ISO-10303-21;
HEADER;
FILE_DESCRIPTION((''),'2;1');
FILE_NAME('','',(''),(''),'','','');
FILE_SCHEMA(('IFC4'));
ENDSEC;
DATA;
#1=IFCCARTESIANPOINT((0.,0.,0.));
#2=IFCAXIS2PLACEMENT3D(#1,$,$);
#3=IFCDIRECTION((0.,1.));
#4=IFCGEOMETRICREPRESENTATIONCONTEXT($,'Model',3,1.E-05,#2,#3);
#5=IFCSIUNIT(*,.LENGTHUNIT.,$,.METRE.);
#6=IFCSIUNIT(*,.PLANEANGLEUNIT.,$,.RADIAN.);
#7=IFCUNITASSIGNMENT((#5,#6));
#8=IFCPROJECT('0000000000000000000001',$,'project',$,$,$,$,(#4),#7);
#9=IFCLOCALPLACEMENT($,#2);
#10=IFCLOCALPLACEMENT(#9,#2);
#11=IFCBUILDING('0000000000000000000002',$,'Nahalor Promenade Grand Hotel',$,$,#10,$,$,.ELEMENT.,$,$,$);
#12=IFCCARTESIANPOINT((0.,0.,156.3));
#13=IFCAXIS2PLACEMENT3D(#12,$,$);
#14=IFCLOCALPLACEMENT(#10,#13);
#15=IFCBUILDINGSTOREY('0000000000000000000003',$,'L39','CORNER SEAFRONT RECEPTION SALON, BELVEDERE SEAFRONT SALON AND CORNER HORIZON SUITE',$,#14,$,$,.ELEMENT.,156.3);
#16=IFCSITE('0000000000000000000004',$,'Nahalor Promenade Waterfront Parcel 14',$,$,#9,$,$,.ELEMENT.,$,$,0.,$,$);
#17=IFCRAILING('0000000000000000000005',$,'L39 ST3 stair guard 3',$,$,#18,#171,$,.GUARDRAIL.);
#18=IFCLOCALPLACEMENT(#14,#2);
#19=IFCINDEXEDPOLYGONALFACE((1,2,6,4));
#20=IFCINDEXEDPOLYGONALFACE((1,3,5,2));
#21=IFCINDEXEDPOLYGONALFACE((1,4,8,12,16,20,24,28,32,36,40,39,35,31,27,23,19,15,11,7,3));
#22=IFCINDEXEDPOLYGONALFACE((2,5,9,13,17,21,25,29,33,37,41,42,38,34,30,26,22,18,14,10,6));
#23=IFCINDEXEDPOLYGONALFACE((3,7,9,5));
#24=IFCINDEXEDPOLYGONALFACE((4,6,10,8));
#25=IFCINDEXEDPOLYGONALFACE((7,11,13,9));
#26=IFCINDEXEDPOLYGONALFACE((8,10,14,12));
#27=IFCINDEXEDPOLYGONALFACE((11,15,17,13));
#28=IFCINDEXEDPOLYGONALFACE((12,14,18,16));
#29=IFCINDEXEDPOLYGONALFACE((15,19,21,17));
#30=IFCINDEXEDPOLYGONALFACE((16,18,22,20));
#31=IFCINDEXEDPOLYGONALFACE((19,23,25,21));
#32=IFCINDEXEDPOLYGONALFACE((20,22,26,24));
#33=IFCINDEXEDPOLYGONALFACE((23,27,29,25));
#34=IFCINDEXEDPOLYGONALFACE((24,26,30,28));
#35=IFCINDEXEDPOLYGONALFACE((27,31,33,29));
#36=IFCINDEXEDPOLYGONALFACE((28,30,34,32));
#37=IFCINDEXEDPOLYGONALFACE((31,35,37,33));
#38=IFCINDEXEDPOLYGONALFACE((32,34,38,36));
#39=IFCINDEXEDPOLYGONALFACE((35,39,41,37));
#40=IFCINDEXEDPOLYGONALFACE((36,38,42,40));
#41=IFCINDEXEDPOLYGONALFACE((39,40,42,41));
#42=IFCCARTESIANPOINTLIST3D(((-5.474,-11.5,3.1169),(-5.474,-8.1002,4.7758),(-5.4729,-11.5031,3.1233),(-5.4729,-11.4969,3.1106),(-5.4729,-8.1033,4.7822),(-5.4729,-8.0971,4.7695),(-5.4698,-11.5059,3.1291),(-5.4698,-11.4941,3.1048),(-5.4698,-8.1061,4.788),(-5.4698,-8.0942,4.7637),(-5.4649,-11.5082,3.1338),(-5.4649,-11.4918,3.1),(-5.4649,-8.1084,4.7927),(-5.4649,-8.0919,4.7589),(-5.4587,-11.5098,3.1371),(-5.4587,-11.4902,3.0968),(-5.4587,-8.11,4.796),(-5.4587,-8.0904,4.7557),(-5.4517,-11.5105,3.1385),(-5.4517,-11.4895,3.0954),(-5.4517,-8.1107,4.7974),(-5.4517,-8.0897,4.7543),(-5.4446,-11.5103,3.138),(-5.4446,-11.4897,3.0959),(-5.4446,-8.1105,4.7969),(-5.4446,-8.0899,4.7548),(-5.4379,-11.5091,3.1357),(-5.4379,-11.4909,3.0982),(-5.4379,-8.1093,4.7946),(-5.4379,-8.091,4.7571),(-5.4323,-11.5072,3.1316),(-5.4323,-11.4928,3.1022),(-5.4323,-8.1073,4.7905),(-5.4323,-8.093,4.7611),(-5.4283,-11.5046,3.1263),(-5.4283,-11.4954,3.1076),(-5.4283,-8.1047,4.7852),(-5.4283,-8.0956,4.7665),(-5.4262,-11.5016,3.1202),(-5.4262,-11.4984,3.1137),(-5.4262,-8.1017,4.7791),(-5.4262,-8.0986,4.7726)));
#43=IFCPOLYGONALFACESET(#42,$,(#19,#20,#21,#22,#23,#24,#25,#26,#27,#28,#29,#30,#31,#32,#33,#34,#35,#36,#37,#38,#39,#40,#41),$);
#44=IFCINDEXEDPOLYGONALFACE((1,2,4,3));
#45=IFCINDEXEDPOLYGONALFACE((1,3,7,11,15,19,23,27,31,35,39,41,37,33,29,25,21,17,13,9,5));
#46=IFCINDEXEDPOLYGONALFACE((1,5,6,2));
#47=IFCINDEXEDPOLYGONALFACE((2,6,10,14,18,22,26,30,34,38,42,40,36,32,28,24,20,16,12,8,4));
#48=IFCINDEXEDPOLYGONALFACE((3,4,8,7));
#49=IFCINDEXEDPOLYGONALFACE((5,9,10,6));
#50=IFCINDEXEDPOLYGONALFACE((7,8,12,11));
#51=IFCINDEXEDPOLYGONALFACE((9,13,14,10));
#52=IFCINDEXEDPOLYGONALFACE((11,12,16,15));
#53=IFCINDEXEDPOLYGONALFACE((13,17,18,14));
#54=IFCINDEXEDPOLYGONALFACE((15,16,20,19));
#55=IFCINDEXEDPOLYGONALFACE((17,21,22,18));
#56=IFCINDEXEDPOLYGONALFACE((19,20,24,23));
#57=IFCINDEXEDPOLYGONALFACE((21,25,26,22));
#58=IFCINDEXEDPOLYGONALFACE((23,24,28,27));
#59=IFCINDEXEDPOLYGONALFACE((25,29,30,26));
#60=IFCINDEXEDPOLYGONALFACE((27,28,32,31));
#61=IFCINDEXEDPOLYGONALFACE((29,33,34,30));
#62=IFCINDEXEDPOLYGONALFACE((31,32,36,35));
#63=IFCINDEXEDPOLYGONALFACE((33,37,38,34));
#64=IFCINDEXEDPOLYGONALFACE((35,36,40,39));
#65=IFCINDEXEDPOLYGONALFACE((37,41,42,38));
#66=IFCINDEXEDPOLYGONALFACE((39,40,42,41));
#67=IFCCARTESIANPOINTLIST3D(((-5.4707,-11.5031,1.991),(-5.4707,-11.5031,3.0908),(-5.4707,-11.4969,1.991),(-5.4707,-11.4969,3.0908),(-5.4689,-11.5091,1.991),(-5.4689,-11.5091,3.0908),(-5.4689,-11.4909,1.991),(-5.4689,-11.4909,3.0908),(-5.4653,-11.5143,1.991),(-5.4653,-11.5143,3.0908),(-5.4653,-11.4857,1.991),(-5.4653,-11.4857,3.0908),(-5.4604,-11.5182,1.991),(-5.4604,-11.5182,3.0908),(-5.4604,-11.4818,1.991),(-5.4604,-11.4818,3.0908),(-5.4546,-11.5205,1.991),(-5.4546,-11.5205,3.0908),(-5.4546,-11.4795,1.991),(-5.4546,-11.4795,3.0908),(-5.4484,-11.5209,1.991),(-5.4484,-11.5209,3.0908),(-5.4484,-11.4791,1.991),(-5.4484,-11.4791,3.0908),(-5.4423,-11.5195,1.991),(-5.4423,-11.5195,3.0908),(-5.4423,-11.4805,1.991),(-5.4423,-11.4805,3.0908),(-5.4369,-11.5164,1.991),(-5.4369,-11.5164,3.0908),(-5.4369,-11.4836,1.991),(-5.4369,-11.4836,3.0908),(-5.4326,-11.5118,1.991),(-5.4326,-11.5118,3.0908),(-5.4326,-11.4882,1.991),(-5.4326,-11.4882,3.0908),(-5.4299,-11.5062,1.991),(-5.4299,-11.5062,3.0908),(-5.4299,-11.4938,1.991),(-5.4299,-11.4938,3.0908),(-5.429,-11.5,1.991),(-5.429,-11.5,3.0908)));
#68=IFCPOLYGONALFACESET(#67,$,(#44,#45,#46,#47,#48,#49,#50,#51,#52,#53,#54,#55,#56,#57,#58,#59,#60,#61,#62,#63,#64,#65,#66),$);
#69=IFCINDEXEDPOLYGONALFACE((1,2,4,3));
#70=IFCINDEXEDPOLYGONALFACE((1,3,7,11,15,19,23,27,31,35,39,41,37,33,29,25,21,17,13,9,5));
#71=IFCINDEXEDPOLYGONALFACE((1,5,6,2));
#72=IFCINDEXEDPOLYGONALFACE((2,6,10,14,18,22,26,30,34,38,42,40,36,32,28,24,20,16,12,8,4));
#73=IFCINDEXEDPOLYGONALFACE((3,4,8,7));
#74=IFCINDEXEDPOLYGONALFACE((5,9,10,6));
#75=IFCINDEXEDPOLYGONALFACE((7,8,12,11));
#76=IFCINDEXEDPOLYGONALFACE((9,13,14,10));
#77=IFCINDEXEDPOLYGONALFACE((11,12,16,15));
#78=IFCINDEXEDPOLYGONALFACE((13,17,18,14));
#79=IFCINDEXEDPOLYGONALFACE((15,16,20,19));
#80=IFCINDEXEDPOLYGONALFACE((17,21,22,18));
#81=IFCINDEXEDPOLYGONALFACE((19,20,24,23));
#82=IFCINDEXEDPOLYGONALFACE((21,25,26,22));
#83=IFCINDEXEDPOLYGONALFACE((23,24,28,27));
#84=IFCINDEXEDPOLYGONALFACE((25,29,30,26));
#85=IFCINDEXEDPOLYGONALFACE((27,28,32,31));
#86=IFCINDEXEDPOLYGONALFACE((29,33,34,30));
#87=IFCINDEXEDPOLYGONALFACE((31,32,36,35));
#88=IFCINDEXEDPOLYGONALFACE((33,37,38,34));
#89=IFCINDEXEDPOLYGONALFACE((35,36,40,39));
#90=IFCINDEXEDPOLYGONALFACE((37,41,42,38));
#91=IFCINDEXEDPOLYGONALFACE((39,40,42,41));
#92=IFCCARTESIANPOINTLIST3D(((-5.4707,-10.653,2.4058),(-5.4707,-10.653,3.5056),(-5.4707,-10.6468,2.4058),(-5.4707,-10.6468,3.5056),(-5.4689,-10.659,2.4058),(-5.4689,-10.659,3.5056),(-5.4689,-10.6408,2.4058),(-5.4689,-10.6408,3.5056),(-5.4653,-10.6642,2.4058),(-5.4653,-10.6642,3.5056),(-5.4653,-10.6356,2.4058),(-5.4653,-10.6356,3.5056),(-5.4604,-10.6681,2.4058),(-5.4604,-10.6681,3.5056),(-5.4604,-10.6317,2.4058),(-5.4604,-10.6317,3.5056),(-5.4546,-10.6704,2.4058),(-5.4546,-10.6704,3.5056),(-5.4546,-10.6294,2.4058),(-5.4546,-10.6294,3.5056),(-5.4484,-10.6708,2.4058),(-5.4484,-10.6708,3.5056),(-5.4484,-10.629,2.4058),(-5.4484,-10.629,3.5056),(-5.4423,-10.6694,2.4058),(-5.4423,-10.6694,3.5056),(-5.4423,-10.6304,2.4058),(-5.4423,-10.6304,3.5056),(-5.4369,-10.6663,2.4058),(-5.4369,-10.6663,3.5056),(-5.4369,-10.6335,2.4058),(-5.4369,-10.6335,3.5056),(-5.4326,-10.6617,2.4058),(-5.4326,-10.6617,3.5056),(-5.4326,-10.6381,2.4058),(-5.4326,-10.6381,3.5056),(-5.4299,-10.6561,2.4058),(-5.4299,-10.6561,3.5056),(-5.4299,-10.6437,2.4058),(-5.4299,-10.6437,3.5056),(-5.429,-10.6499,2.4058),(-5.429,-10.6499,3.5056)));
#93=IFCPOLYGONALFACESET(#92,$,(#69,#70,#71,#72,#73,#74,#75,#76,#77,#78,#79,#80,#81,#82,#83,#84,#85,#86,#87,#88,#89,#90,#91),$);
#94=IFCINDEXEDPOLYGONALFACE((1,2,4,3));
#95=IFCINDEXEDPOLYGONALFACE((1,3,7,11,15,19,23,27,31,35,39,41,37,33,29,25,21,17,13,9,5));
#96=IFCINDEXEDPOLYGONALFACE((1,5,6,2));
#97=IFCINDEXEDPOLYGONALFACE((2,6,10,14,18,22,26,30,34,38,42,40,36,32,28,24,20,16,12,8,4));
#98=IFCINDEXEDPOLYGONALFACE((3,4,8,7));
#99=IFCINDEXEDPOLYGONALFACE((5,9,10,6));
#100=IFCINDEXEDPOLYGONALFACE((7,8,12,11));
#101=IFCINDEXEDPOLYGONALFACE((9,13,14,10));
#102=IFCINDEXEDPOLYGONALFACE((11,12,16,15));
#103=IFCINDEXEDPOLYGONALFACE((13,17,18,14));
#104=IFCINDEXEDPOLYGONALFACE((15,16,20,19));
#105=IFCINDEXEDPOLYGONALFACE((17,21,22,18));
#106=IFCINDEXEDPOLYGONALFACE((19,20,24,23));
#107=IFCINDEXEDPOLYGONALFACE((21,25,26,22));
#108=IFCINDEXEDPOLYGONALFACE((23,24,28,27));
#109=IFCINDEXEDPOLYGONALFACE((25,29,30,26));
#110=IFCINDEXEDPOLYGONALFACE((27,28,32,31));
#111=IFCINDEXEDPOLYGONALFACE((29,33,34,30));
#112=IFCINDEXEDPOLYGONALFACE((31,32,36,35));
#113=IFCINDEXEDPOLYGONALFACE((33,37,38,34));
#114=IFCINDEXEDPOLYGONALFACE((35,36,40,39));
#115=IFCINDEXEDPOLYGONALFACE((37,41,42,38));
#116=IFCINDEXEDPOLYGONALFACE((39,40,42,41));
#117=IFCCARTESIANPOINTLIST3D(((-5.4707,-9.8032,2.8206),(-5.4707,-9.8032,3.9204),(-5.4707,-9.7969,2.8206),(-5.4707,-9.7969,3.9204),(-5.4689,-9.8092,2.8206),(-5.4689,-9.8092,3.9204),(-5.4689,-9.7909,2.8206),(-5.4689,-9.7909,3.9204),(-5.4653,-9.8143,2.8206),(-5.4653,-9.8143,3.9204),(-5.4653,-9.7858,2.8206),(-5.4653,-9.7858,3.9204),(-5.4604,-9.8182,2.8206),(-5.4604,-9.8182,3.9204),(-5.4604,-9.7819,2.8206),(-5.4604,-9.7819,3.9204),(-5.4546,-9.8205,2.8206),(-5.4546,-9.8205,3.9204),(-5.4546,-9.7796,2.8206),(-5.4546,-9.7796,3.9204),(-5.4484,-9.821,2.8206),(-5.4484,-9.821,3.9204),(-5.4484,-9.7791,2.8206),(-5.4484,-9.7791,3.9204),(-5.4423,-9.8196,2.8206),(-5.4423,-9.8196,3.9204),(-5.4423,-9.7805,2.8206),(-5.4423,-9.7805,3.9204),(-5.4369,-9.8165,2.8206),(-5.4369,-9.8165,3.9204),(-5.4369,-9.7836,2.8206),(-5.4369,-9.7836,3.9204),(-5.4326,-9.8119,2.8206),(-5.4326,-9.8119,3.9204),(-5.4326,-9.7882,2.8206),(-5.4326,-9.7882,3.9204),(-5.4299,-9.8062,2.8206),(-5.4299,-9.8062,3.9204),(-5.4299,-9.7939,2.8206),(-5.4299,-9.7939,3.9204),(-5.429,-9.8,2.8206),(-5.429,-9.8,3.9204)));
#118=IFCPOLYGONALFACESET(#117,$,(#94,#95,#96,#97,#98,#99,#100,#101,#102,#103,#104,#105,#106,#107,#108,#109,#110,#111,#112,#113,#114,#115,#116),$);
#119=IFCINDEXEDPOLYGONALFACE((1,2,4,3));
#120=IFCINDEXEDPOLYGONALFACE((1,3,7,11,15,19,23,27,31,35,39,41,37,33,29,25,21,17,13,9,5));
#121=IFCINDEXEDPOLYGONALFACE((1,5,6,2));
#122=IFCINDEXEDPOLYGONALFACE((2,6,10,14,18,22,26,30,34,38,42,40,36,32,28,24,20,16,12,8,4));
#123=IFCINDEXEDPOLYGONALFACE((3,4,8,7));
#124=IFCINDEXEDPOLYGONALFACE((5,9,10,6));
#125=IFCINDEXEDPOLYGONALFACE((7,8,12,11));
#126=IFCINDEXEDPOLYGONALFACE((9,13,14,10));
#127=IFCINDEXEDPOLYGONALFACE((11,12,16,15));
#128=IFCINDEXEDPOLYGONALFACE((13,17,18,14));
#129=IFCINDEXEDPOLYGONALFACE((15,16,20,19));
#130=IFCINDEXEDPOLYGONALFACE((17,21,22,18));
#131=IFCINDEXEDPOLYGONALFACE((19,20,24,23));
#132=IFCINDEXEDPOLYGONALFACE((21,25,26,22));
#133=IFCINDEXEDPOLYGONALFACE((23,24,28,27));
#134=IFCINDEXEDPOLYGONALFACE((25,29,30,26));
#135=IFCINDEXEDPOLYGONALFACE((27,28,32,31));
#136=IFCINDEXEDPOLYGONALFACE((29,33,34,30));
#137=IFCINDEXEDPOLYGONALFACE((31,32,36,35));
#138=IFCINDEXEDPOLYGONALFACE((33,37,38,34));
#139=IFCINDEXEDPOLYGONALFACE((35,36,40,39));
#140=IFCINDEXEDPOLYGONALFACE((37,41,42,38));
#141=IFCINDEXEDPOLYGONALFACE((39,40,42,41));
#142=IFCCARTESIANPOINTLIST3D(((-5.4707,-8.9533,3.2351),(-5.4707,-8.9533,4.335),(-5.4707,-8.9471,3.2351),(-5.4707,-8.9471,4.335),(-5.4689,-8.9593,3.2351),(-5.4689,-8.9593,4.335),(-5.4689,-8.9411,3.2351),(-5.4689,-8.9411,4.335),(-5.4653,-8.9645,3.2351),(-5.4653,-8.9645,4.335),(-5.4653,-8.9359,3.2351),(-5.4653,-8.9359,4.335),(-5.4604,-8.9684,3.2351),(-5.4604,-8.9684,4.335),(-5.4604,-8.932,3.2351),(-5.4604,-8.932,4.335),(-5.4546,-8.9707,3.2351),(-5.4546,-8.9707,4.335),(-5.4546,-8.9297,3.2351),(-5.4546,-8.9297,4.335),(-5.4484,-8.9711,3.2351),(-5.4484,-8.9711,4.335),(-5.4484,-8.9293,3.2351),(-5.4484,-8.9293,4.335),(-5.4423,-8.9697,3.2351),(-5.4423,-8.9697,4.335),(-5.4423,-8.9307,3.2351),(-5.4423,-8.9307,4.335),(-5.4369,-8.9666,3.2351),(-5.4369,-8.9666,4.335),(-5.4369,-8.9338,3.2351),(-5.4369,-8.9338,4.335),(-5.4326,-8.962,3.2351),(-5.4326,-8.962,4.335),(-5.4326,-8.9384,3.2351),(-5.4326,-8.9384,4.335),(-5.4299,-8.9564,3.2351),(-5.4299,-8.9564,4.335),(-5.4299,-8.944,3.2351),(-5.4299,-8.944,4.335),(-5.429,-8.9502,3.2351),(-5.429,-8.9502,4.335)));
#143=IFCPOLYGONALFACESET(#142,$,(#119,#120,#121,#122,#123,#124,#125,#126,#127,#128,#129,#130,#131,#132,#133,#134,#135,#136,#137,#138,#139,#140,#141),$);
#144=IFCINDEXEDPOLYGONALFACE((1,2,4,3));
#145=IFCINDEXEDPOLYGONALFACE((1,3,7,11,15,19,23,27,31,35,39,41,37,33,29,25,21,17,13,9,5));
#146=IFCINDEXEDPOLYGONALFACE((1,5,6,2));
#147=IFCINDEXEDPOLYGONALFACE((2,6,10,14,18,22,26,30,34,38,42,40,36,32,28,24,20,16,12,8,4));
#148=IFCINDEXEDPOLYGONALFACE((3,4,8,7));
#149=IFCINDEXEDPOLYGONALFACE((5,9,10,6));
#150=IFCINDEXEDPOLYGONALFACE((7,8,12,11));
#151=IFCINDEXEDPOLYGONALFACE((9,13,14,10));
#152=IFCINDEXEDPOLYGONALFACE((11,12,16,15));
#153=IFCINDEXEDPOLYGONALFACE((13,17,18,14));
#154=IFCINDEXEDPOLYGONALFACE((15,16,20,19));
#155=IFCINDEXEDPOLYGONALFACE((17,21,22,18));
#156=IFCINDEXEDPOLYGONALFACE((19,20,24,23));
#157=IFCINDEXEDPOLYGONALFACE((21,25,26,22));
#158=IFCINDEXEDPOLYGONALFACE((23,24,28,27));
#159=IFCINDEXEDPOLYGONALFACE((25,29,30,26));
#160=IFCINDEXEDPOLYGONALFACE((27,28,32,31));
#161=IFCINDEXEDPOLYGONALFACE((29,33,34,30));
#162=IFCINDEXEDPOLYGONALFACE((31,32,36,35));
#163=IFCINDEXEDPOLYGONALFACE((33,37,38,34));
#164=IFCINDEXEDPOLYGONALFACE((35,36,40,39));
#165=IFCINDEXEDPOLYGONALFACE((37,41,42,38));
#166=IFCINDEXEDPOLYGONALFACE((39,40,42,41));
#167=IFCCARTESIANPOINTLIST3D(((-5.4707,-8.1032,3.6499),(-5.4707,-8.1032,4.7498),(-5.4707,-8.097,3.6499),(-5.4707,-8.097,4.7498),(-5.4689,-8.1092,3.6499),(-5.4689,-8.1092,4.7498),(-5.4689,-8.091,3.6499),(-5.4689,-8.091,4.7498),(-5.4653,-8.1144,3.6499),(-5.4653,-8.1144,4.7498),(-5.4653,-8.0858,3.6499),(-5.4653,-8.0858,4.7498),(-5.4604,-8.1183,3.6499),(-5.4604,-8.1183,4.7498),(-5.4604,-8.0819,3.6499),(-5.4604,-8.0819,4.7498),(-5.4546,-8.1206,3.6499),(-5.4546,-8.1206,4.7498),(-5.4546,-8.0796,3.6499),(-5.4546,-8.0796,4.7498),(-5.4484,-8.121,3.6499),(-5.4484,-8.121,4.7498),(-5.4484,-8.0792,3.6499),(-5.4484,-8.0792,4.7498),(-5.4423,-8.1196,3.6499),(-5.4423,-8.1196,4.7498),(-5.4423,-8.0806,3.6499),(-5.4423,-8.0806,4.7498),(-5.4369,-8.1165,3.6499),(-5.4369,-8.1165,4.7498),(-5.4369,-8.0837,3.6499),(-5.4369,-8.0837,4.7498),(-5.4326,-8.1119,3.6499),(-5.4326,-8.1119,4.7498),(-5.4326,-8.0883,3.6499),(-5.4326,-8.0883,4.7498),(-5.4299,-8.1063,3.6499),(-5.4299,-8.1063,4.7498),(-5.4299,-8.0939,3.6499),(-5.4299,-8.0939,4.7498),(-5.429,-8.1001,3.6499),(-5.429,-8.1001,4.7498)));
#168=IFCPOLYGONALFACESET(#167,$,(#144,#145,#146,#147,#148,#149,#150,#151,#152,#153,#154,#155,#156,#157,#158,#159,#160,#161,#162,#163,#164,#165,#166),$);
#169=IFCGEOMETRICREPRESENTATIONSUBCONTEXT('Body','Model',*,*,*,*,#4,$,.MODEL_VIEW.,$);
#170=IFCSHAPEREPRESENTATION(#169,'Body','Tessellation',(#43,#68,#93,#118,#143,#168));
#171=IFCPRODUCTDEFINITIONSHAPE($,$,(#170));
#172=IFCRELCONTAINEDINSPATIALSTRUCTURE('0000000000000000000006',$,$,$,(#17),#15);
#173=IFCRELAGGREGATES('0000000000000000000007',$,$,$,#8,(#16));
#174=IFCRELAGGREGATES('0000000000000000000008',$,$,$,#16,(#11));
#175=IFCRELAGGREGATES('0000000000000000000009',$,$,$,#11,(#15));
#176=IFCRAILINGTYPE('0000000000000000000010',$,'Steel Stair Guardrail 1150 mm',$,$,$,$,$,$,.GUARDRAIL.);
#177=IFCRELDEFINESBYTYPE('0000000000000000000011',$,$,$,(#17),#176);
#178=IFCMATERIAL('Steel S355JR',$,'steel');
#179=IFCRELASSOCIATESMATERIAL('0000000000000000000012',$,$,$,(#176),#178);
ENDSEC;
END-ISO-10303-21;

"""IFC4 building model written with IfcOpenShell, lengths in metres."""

from ifc_helpers import new_model, si_unit, direction, frame, origin, origin_2d, place, context, subcontext, project, spatial, circle, extrude, material, type_object, element, save


model = new_model("IFC4")

# Units and contexts
model_context = context("Model", 3, precision=1e-05, world=origin(), true_north=direction((0.0, 1.0)))
body_context = subcontext(model_context, "Body", "Model", "MODEL_VIEW")
ifc_project = project(units=[si_unit("LENGTHUNIT", "METRE"), si_unit("PLANEANGLEUNIT", "RADIAN")], contexts=[model_context])

# Site, building, storey
site_placement = place(None, origin())
site = spatial("IfcSite", under=ifc_project, at=site_placement, Name="Nahalor Promenade Waterfront Parcel 14", CompositionType="ELEMENT", RefElevation=0.0)
building_placement = place(site_placement, origin())
building = spatial("IfcBuilding", under=site, at=building_placement, Name="Nahalor Promenade Grand Hotel", CompositionType="ELEMENT")
storey_placement = place(building_placement, frame((0.0, 0.0, 156.3)))
storey = spatial("IfcBuildingStorey", under=building, at=storey_placement, Name="L39", Description="CORNER SEAFRONT RECEPTION SALON, BELVEDERE SEAFRONT SALON AND CORNER HORIZON SUITE", CompositionType="ELEMENT", Elevation=156.3)

# Shared definitions
ifc_material_1 = material(Name="Steel S355JR", Category="steel")

# Railing
railing_type_1 = type_object("IfcRailingType", Name="Steel Stair Guardrail 1150 mm", PredefinedType="GUARDRAIL", material=ifc_material_1)
railing_1_placement = place(storey_placement, frame((-5.45, -11.5, 1.991)))
element("IfcRailing", 1, at=railing_1_placement, inside=storey, type_object=railing_type_1, Name="L39 ST3 stair guard 3", PredefinedType="GUARDRAIL", context=body_context, shape_type="SweptSolid", body=[
    extrude(circle(Radius=0.024, at=origin_2d()), frame((0.0, 0.0, 1.126), z_axis=(0.0, 0.898722, 0.438519), x_axis=(-1.0, 0.0, 0.0)), (0.0, 0.0, 1.0), 3.783),
    extrude(circle(Radius=0.021, at=origin_2d()), origin(), (0.0, 0.0, 1.0), 1.0999),
    extrude(circle(Radius=0.021, at=origin_2d()), frame((0.0, 0.8501, 0.4148)), (0.0, 0.0, 1.0), 1.0999),
    extrude(circle(Radius=0.021, at=origin_2d()), frame((0.0, 1.7, 0.8296)), (0.0, 0.0, 1.0), 1.0999),
    extrude(circle(Radius=0.021, at=origin_2d()), frame((0.0, 2.5498, 1.2441)), (0.0, 0.0, 1.0), 1.0999),
    extrude(circle(Radius=0.021, at=origin_2d()), frame((0.0, 3.3999, 1.6589)), (0.0, 0.0, 1.0), 1.0999),
])

save(model, "model.ifc")
